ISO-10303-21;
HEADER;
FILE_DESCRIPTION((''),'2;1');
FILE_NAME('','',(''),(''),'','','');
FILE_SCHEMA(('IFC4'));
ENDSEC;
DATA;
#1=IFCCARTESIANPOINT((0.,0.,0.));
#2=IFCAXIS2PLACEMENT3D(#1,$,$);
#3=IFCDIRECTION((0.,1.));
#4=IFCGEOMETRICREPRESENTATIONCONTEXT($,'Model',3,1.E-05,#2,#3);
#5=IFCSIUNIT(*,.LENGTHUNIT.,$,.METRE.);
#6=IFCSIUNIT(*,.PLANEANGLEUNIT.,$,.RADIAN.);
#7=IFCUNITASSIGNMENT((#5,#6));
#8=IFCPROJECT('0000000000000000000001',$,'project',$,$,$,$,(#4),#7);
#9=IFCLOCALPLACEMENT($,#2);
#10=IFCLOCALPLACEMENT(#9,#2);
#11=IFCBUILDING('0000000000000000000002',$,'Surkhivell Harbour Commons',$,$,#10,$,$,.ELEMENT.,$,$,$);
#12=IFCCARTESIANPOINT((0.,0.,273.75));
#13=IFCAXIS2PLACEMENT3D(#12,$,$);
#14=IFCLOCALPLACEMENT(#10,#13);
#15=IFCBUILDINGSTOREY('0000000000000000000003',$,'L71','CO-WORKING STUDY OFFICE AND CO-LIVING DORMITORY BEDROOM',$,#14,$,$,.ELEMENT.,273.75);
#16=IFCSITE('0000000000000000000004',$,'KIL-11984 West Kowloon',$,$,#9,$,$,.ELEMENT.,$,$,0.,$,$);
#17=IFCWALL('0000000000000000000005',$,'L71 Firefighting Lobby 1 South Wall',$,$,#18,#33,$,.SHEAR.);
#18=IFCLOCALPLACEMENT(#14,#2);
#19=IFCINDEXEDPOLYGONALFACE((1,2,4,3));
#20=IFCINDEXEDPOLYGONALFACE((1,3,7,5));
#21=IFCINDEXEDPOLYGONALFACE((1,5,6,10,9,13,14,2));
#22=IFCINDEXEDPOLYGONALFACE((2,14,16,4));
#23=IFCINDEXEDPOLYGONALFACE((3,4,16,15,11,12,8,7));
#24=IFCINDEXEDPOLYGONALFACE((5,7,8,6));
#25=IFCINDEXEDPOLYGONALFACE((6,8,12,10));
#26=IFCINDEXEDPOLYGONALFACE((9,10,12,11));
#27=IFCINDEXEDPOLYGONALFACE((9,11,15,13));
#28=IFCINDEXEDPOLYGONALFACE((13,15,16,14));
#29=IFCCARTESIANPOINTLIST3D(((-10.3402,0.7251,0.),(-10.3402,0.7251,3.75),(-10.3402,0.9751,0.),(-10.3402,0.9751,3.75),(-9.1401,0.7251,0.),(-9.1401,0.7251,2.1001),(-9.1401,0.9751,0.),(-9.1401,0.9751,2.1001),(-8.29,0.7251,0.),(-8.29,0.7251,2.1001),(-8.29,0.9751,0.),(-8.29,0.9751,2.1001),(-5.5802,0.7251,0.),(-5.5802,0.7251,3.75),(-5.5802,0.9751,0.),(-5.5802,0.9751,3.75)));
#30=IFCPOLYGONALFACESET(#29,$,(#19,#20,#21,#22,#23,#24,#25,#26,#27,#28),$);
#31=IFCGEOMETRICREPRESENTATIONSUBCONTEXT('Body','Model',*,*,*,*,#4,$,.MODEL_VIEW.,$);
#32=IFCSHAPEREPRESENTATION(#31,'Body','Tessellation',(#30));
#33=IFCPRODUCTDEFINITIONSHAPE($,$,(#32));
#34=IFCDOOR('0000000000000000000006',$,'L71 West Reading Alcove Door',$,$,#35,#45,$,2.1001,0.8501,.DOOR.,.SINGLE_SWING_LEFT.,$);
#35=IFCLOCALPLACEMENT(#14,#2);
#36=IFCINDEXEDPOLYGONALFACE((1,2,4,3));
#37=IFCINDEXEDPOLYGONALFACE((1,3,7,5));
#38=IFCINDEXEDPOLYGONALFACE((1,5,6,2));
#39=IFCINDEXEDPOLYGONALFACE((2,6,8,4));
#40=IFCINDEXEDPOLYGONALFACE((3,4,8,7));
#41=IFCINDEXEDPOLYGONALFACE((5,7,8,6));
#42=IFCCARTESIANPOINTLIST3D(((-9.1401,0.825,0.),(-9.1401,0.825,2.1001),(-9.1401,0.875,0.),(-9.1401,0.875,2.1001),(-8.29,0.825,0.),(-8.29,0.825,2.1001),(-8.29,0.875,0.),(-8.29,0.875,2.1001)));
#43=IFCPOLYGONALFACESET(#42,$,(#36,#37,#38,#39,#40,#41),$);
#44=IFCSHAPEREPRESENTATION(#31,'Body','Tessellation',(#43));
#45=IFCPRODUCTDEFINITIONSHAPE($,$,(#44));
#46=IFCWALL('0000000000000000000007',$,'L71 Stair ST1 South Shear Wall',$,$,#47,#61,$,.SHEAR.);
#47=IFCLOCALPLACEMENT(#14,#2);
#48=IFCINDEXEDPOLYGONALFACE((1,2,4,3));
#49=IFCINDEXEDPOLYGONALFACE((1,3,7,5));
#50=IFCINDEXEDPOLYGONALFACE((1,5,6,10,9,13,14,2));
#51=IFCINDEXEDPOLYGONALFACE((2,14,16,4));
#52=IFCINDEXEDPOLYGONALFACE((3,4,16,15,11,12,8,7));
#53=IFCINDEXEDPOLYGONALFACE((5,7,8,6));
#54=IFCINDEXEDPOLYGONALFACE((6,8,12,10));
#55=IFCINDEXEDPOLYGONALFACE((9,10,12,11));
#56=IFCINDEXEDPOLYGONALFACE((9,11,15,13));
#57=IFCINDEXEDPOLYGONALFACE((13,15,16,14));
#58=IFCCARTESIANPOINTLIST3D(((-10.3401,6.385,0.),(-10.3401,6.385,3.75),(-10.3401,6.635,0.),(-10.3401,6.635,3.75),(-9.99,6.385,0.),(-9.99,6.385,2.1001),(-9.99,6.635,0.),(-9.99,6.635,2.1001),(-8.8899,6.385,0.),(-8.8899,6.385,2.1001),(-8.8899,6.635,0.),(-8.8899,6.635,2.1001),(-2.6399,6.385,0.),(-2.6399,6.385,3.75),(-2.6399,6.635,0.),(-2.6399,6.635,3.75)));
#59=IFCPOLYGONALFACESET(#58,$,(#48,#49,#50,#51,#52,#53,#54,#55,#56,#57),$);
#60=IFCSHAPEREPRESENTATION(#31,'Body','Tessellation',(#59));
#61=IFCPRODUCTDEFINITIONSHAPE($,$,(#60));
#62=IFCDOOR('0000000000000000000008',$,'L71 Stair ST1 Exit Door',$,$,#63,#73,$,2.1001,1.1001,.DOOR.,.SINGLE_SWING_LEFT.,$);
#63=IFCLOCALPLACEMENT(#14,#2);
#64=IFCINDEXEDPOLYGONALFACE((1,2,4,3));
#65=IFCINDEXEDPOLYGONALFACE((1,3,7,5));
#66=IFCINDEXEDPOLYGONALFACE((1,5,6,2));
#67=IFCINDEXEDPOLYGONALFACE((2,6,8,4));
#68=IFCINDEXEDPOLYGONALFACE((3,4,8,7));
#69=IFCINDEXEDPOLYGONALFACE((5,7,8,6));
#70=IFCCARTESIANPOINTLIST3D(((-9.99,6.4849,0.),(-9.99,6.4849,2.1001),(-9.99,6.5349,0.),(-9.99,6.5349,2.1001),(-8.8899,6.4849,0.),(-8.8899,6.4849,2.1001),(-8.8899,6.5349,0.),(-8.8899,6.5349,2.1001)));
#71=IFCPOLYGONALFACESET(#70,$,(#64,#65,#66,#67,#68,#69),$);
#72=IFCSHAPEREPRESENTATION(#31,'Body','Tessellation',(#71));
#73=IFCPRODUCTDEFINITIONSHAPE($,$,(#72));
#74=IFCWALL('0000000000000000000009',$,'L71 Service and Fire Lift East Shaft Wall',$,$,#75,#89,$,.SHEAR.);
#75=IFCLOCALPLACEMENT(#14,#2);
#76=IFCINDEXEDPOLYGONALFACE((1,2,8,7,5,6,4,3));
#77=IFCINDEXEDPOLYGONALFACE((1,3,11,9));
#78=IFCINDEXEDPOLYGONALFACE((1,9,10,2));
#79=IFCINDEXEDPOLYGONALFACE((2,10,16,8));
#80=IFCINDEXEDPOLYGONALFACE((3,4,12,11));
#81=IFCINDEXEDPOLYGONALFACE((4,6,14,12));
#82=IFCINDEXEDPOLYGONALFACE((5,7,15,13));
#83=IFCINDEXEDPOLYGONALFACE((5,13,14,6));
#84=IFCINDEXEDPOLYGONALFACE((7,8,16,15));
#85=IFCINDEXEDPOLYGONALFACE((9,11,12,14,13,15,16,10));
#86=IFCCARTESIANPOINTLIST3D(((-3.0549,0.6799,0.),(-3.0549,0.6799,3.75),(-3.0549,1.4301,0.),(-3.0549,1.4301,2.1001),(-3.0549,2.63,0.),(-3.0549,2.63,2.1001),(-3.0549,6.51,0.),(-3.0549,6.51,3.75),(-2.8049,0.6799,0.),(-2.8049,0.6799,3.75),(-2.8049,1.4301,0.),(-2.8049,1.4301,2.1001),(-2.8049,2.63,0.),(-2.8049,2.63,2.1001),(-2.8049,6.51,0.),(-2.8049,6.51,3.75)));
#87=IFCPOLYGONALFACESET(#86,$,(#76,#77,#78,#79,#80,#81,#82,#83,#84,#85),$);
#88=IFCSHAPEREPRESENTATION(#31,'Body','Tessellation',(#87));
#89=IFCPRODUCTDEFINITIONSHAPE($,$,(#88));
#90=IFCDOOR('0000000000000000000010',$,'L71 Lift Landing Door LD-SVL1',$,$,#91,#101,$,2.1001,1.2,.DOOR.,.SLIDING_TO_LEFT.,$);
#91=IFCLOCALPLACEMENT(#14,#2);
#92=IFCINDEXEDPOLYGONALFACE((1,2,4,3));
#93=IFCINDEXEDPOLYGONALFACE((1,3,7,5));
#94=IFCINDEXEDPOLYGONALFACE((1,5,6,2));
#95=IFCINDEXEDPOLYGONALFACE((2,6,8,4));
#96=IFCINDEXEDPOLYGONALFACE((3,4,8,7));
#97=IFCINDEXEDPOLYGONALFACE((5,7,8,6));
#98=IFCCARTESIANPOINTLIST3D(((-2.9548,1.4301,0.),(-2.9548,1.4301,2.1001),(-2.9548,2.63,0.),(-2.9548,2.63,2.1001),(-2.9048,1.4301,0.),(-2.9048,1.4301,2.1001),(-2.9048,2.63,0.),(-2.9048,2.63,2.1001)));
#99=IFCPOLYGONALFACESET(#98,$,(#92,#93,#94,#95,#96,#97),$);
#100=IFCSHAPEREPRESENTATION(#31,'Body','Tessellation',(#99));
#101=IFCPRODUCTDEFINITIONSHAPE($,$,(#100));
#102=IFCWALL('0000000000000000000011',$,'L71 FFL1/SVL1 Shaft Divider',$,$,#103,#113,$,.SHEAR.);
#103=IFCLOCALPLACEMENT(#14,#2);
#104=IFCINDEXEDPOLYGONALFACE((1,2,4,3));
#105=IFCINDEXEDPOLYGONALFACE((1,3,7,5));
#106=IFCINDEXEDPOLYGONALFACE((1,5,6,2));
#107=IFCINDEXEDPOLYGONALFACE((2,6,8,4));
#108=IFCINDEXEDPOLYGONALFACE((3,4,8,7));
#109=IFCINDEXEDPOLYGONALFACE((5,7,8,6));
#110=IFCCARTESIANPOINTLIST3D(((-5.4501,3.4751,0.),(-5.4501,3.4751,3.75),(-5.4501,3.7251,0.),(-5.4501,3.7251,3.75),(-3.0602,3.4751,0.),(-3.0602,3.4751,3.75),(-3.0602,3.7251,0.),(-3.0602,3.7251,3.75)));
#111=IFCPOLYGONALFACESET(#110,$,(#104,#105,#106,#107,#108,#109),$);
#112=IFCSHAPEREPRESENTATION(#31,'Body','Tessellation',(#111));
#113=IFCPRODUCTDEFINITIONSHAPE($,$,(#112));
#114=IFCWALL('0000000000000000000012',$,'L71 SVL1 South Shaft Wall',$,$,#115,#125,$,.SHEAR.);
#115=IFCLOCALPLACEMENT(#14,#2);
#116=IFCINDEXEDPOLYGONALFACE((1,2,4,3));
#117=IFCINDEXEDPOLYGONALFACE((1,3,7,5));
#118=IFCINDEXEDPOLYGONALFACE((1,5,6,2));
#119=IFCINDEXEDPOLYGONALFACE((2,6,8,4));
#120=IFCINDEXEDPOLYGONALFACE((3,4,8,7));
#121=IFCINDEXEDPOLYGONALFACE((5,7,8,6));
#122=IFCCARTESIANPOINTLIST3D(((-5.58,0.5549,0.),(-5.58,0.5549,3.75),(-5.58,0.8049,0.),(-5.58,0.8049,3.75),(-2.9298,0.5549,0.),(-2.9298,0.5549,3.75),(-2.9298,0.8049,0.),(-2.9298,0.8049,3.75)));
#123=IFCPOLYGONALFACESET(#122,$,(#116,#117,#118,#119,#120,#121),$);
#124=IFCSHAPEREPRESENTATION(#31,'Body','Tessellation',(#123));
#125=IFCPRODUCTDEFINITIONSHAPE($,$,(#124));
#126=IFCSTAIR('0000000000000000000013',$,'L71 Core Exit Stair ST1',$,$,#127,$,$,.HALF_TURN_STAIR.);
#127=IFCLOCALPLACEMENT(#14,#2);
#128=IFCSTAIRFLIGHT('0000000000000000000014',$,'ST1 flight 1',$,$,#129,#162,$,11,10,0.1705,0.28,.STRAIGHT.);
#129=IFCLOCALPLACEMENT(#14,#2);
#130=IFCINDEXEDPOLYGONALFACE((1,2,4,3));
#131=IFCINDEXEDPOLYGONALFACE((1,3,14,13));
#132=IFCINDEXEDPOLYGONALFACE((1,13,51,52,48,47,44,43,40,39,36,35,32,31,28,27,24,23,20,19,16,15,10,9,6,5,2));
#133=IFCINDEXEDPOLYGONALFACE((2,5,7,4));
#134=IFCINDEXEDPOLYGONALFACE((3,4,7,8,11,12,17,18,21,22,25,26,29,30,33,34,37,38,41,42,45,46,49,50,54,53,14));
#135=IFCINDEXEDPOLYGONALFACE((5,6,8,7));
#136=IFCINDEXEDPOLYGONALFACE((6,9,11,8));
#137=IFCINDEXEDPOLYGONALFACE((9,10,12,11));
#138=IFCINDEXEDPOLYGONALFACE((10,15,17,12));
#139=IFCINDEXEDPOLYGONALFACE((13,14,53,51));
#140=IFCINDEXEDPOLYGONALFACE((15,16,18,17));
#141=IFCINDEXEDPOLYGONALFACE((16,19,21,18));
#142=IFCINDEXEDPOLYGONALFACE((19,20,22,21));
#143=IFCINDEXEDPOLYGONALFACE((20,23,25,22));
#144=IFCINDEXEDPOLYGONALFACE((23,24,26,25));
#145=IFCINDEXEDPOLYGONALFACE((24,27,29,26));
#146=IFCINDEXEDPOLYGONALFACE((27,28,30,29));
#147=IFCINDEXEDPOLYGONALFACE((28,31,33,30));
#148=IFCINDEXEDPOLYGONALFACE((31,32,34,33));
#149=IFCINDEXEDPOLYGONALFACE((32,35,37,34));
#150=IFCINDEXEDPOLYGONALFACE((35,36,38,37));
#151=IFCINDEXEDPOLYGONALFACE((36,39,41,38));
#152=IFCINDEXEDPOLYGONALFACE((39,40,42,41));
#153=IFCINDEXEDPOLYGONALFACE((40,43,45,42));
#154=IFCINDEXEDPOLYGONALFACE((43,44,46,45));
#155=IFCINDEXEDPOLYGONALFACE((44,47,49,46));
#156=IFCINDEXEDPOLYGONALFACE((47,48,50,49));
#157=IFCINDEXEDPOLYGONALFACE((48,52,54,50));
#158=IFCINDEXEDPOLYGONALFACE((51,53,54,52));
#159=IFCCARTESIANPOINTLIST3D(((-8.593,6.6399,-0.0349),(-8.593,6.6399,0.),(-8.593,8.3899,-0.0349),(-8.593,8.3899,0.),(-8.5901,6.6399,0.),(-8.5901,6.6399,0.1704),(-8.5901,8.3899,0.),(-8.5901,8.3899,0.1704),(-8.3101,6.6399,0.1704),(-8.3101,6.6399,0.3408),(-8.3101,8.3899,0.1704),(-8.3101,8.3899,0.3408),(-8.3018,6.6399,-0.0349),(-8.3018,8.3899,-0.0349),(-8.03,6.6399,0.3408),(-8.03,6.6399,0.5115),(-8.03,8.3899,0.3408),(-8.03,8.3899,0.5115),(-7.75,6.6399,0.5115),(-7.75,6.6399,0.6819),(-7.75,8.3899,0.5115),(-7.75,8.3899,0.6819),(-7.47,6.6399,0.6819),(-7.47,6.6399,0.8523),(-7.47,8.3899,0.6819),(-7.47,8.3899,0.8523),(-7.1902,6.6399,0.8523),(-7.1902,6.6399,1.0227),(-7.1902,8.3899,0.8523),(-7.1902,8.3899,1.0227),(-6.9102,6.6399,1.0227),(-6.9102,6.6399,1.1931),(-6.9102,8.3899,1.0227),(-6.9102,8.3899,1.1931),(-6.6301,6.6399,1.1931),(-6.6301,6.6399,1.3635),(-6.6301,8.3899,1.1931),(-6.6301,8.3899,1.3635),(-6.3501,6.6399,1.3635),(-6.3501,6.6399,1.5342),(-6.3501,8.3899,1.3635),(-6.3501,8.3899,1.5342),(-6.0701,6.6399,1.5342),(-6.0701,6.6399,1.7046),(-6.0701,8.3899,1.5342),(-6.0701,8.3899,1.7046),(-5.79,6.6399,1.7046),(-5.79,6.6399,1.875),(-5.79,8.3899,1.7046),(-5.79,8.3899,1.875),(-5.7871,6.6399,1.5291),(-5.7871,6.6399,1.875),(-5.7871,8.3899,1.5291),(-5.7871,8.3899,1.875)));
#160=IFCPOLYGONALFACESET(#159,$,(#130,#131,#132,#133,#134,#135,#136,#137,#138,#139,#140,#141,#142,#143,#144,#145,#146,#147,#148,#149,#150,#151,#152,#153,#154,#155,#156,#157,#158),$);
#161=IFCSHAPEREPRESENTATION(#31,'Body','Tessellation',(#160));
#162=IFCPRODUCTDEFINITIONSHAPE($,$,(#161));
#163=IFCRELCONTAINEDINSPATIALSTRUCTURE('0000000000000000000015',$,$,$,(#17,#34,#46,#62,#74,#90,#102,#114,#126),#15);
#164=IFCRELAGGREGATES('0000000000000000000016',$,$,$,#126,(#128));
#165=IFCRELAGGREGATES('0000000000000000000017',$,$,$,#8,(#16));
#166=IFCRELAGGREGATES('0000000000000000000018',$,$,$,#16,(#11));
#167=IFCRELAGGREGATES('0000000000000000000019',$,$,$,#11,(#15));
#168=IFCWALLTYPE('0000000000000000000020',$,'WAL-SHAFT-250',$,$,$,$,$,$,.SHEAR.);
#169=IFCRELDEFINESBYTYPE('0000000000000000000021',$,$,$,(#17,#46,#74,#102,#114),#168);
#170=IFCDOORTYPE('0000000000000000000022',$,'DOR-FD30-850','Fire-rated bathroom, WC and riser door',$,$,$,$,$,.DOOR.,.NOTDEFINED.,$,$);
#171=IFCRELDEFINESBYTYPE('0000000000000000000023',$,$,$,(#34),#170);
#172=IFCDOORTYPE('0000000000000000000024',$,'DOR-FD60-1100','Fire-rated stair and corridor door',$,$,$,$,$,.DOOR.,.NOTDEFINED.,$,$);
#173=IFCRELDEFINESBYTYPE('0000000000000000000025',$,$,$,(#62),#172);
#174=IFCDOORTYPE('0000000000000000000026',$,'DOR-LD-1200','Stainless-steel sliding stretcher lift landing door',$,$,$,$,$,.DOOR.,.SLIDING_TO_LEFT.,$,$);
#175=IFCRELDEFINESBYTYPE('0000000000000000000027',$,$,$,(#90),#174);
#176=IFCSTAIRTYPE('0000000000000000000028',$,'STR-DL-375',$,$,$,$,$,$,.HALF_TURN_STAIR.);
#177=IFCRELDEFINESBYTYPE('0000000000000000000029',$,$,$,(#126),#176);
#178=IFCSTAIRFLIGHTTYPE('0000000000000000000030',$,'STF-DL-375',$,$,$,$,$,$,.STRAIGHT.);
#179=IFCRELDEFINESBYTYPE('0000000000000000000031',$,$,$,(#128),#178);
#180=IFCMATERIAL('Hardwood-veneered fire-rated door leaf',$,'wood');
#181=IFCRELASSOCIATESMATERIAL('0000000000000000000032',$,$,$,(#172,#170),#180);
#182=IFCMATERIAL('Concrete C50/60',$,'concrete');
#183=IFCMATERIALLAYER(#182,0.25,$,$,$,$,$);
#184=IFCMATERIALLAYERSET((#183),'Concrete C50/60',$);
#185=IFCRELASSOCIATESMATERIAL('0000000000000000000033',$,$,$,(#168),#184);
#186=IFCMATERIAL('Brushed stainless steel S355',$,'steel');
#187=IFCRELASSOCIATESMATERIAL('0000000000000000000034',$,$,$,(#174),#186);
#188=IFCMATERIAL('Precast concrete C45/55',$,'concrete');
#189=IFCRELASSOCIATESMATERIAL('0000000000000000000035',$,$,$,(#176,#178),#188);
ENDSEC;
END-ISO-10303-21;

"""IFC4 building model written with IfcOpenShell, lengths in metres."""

from ifc_helpers import new_model, si_unit, direction, frame, frame_2d, origin, place, context, subcontext, project, spatial, polyline, rectangle, outline, extrude, material, layer, layer_set, type_object, element, fill, aggregate, save


model = new_model("IFC4")

# Units and contexts
model_context = context("Model", 3, precision=1e-05, world=origin(), true_north=direction((0.0, 1.0)))
body_context = subcontext(model_context, "Body", "Model", "MODEL_VIEW")
ifc_project = project(units=[si_unit("LENGTHUNIT", "METRE"), si_unit("PLANEANGLEUNIT", "RADIAN")], contexts=[model_context])

# Site, building, storey
site_placement = place(None, origin())
site = spatial("IfcSite", under=ifc_project, at=site_placement, Name="KIL-11984 West Kowloon", CompositionType="ELEMENT", RefElevation=0.0)
building_placement = place(site_placement, origin())
building = spatial("IfcBuilding", under=site, at=building_placement, Name="Surkhivell Harbour Commons", CompositionType="ELEMENT")
storey_placement = place(building_placement, frame((0.0, 0.0, 273.75)))
storey = spatial("IfcBuildingStorey", under=building, at=storey_placement, Name="L71", Description="CO-WORKING STUDY OFFICE AND CO-LIVING DORMITORY BEDROOM", CompositionType="ELEMENT", Elevation=273.75)

# Shared definitions
ifc_material_1 = material(Name="Concrete C50/60", Category="concrete")

# Shared definitions
ifc_material_2 = material(Name="Hardwood-veneered fire-rated door leaf", Category="wood")
door_type_1 = type_object("IfcDoorType", Name="DOR-FD60-1100", Description="Fire-rated stair and corridor door", OperationType="NOTDEFINED", PredefinedType="DOOR", material=ifc_material_2)

# Walls, openings, doors
ifc_layer_1 = layer(ifc_material_1, 0.25)
ifc_layer_set_1 = layer_set([ifc_layer_1], Name="Concrete C50/60")
wall_type_1 = type_object("IfcWallType", Name="WAL-SHAFT-250", PredefinedType="SHEAR", material=ifc_layer_set_1)
ifc_material_3 = material(Name="Brushed stainless steel S355", Category="steel")
wall_1_placement = place(storey_placement, frame((-10.3401, 0.8501, 0.0), z_axis=(0.0, 0.0, 1.0), x_axis=(1.0, 0.0, 0.0)))
wall_1 = element("IfcWall", 1, at=wall_1_placement, inside=storey, type_object=wall_type_1, Name="L71 Firefighting Lobby 1 South Wall", PredefinedType="SHEAR", context=body_context, shape_type="SweptSolid", body=[
    extrude(rectangle(XDim=4.76, YDim=0.25, at=frame_2d((2.3799, 0.0))), origin(), (0.0, 0.0, 1.0), 3.75),
])
opening_1_placement = place(wall_1_placement, frame((1.2, 0.0, 0.0)))
opening_1 = element("IfcOpeningElement", 2, at=opening_1_placement, cuts=wall_1, PredefinedType="OPENING", context=body_context, shape_type="SweptSolid", body=[
    extrude(rectangle(XDim=0.8501, YDim=2.1001, at=frame_2d((0.425, 1.05))), frame((0.0, 0.135, 0.0), z_axis=(0.0, -1.0, 0.0), x_axis=(1.0, 0.0, 0.0)), (0.0, 0.0, 1.0), 0.27),
])
door_type_2 = type_object("IfcDoorType", Name="DOR-FD30-850", Description="Fire-rated bathroom, WC and riser door", OperationType="NOTDEFINED", PredefinedType="DOOR", material=ifc_material_2)
door_1_placement = place(opening_1_placement, origin())
door_1 = element("IfcDoor", 3, at=door_1_placement, inside=storey, type_object=door_type_2, Name="L71 West Reading Alcove Door", OperationType="SINGLE_SWING_LEFT", OverallHeight=2.1001, OverallWidth=0.8501, PredefinedType="DOOR", context=body_context, shape_type="SweptSolid", body=[
    extrude(rectangle(XDim=0.8501, YDim=2.1001, at=frame_2d((0.425, 1.05))), frame((0.0, 0.0249, 0.0), z_axis=(0.0, -1.0, 0.0), x_axis=(1.0, 0.0, 0.0)), (0.0, 0.0, 1.0), 0.05),
])
fill(opening_1, door_1)
wall_2_placement = place(storey_placement, frame((-10.3401, 6.51, 0.0), z_axis=(0.0, 0.0, 1.0), x_axis=(1.0, 0.0, 0.0)))
wall_2 = element("IfcWall", 4, at=wall_2_placement, inside=storey, type_object=wall_type_1, Name="L71 Stair ST1 South Shear Wall", PredefinedType="SHEAR", context=body_context, shape_type="SweptSolid", body=[
    extrude(rectangle(XDim=7.7002, YDim=0.25, at=frame_2d((3.8501, 0.0))), origin(), (0.0, 0.0, 1.0), 3.75),
])
opening_2_placement = place(wall_2_placement, frame((0.3501, 0.0, 0.0)))
opening_2 = element("IfcOpeningElement", 5, at=opening_2_placement, cuts=wall_2, PredefinedType="OPENING", context=body_context, shape_type="SweptSolid", body=[
    extrude(rectangle(XDim=1.1001, YDim=2.1001, at=frame_2d((0.55, 1.05))), frame((0.0, 0.135, 0.0), z_axis=(0.0, -1.0, 0.0), x_axis=(1.0, 0.0, 0.0)), (0.0, 0.0, 1.0), 0.27),
])
door_2_placement = place(opening_2_placement, origin())
door_2 = element("IfcDoor", 6, at=door_2_placement, inside=storey, type_object=door_type_1, Name="L71 Stair ST1 Exit Door", OperationType="SINGLE_SWING_LEFT", OverallHeight=2.1001, OverallWidth=1.1001, PredefinedType="DOOR", context=body_context, shape_type="SweptSolid", body=[
    extrude(rectangle(XDim=1.1001, YDim=2.1001, at=frame_2d((0.55, 1.05))), frame((0.0, 0.0249, 0.0), z_axis=(0.0, -1.0, 0.0), x_axis=(1.0, 0.0, 0.0)), (0.0, 0.0, 1.0), 0.05),
])
fill(opening_2, door_2)
wall_3_placement = place(storey_placement, frame((-2.9299, 0.6799, 0.0), z_axis=(0.0, 0.0, 1.0), x_axis=(0.0, 1.0, 0.0)))
wall_3 = element("IfcWall", 7, at=wall_3_placement, inside=storey, type_object=wall_type_1, Name="L71 Service and Fire Lift East Shaft Wall", PredefinedType="SHEAR", context=body_context, shape_type="SweptSolid", body=[
    extrude(rectangle(XDim=5.8301, YDim=0.25, at=frame_2d((2.915, 0.0))), origin(), (0.0, 0.0, 1.0), 3.75),
])
opening_3_placement = place(wall_3_placement, frame((0.75, 0.0, 0.0)))
opening_3 = element("IfcOpeningElement", 8, at=opening_3_placement, cuts=wall_3, PredefinedType="OPENING", context=body_context, shape_type="SweptSolid", body=[
    extrude(rectangle(XDim=1.2, YDim=2.1001, at=frame_2d((0.6001, 1.05))), frame((0.0, 0.135, 0.0), z_axis=(0.0, -1.0, 0.0), x_axis=(1.0, 0.0, 0.0)), (0.0, 0.0, 1.0), 0.27),
])
door_type_3 = type_object("IfcDoorType", Name="DOR-LD-1200", Description="Stainless-steel sliding stretcher lift landing door", OperationType="SLIDING_TO_LEFT", PredefinedType="DOOR", material=ifc_material_3)
door_3_placement = place(opening_3_placement, origin())
door_3 = element("IfcDoor", 9, at=door_3_placement, inside=storey, type_object=door_type_3, Name="L71 Lift Landing Door LD-SVL1", OperationType="SLIDING_TO_LEFT", OverallHeight=2.1001, OverallWidth=1.2, PredefinedType="DOOR", context=body_context, shape_type="SweptSolid", body=[
    extrude(rectangle(XDim=1.2, YDim=2.1001, at=frame_2d((0.6001, 1.05))), frame((0.0, 0.0249, 0.0), z_axis=(0.0, -1.0, 0.0), x_axis=(1.0, 0.0, 0.0)), (0.0, 0.0, 1.0), 0.05),
])
fill(opening_3, door_3)

# Walls
wall_4_placement = place(storey_placement, frame((-5.45, 3.6001, 0.0), z_axis=(0.0, 0.0, 1.0), x_axis=(1.0, 0.0, 0.0)))
element("IfcWall", 10, at=wall_4_placement, inside=storey, type_object=wall_type_1, Name="L71 FFL1/SVL1 Shaft Divider", PredefinedType="SHEAR", context=body_context, shape_type="SweptSolid", body=[
    extrude(rectangle(XDim=2.3899, YDim=0.25, at=frame_2d((1.1948, 0.0))), origin(), (0.0, 0.0, 1.0), 3.75),
])
wall_5_placement = place(storey_placement, frame((-5.5801, 0.6799, 0.0), z_axis=(0.0, 0.0, 1.0), x_axis=(1.0, 0.0, 0.0)))
element("IfcWall", 11, at=wall_5_placement, inside=storey, type_object=wall_type_1, Name="L71 SVL1 South Shaft Wall", PredefinedType="SHEAR", context=body_context, shape_type="SweptSolid", body=[
    extrude(rectangle(XDim=2.6501, YDim=0.25, at=frame_2d((1.3252, 0.0))), origin(), (0.0, 0.0, 1.0), 3.75),
])

# Stair, stair flight
ifc_material_4 = material(Name="Precast concrete C45/55", Category="concrete")
stair_type = type_object("IfcStairType", Name="STR-DL-375", PredefinedType="HALF_TURN_STAIR", material=ifc_material_4)
stair_placement = place(storey_placement, origin())
stair = element("IfcStair", 12, at=stair_placement, inside=storey, type_object=stair_type, Name="L71 Core Exit Stair ST1", PredefinedType="HALF_TURN_STAIR")
stair_flight_type = type_object("IfcStairFlightType", Name="STF-DL-375", PredefinedType="STRAIGHT", material=ifc_material_4)
stair_flight_1_placement = place(storey_placement, frame((-8.5901, 7.5149, 0.0), z_axis=(0.0, 0.0, 1.0), x_axis=(1.0, 0.0, 0.0)))
stair_flight_1 = element("IfcStairFlight", 13, at=stair_flight_1_placement, type_object=stair_flight_type, Name="ST1 flight 1", NumberOfRisers=11, NumberOfTreads=10, PredefinedType="STRAIGHT", RiserHeight=0.1705, TreadLength=0.28, context=body_context, shape_type="SweptSolid", body=[
    extrude(outline(polyline([(-0.0029, -0.0349), (-0.0029, 0.0), (0.0, 0.0), (0.0, 0.1704), (0.28, 0.1704), (0.28, 0.3408), (0.5601, 0.3408), (0.5601, 0.5115), (0.8401, 0.5115), (0.8401, 0.6819), (1.1201, 0.6819), (1.1201, 0.8523), (1.3999, 0.8523), (1.3999, 1.0227), (1.6799, 1.0227), (1.6799, 1.1931), (1.96, 1.1931), (1.96, 1.3635), (2.24, 1.3635), (2.24, 1.5342), (2.52, 1.5342), (2.52, 1.7046), (2.8, 1.7046), (2.8, 1.875), (2.803, 1.875), (2.803, 1.5291), (0.2883, -0.0349), (-0.0029, -0.0349)])), frame((0.0, 0.875, 0.0), z_axis=(0.0, -1.0, 0.0), x_axis=(1.0, 0.0, 0.0)), (0.0, 0.0, 1.0), 1.75),
])
aggregate(stair, [stair_flight_1])

save(model, "model.ifc")
